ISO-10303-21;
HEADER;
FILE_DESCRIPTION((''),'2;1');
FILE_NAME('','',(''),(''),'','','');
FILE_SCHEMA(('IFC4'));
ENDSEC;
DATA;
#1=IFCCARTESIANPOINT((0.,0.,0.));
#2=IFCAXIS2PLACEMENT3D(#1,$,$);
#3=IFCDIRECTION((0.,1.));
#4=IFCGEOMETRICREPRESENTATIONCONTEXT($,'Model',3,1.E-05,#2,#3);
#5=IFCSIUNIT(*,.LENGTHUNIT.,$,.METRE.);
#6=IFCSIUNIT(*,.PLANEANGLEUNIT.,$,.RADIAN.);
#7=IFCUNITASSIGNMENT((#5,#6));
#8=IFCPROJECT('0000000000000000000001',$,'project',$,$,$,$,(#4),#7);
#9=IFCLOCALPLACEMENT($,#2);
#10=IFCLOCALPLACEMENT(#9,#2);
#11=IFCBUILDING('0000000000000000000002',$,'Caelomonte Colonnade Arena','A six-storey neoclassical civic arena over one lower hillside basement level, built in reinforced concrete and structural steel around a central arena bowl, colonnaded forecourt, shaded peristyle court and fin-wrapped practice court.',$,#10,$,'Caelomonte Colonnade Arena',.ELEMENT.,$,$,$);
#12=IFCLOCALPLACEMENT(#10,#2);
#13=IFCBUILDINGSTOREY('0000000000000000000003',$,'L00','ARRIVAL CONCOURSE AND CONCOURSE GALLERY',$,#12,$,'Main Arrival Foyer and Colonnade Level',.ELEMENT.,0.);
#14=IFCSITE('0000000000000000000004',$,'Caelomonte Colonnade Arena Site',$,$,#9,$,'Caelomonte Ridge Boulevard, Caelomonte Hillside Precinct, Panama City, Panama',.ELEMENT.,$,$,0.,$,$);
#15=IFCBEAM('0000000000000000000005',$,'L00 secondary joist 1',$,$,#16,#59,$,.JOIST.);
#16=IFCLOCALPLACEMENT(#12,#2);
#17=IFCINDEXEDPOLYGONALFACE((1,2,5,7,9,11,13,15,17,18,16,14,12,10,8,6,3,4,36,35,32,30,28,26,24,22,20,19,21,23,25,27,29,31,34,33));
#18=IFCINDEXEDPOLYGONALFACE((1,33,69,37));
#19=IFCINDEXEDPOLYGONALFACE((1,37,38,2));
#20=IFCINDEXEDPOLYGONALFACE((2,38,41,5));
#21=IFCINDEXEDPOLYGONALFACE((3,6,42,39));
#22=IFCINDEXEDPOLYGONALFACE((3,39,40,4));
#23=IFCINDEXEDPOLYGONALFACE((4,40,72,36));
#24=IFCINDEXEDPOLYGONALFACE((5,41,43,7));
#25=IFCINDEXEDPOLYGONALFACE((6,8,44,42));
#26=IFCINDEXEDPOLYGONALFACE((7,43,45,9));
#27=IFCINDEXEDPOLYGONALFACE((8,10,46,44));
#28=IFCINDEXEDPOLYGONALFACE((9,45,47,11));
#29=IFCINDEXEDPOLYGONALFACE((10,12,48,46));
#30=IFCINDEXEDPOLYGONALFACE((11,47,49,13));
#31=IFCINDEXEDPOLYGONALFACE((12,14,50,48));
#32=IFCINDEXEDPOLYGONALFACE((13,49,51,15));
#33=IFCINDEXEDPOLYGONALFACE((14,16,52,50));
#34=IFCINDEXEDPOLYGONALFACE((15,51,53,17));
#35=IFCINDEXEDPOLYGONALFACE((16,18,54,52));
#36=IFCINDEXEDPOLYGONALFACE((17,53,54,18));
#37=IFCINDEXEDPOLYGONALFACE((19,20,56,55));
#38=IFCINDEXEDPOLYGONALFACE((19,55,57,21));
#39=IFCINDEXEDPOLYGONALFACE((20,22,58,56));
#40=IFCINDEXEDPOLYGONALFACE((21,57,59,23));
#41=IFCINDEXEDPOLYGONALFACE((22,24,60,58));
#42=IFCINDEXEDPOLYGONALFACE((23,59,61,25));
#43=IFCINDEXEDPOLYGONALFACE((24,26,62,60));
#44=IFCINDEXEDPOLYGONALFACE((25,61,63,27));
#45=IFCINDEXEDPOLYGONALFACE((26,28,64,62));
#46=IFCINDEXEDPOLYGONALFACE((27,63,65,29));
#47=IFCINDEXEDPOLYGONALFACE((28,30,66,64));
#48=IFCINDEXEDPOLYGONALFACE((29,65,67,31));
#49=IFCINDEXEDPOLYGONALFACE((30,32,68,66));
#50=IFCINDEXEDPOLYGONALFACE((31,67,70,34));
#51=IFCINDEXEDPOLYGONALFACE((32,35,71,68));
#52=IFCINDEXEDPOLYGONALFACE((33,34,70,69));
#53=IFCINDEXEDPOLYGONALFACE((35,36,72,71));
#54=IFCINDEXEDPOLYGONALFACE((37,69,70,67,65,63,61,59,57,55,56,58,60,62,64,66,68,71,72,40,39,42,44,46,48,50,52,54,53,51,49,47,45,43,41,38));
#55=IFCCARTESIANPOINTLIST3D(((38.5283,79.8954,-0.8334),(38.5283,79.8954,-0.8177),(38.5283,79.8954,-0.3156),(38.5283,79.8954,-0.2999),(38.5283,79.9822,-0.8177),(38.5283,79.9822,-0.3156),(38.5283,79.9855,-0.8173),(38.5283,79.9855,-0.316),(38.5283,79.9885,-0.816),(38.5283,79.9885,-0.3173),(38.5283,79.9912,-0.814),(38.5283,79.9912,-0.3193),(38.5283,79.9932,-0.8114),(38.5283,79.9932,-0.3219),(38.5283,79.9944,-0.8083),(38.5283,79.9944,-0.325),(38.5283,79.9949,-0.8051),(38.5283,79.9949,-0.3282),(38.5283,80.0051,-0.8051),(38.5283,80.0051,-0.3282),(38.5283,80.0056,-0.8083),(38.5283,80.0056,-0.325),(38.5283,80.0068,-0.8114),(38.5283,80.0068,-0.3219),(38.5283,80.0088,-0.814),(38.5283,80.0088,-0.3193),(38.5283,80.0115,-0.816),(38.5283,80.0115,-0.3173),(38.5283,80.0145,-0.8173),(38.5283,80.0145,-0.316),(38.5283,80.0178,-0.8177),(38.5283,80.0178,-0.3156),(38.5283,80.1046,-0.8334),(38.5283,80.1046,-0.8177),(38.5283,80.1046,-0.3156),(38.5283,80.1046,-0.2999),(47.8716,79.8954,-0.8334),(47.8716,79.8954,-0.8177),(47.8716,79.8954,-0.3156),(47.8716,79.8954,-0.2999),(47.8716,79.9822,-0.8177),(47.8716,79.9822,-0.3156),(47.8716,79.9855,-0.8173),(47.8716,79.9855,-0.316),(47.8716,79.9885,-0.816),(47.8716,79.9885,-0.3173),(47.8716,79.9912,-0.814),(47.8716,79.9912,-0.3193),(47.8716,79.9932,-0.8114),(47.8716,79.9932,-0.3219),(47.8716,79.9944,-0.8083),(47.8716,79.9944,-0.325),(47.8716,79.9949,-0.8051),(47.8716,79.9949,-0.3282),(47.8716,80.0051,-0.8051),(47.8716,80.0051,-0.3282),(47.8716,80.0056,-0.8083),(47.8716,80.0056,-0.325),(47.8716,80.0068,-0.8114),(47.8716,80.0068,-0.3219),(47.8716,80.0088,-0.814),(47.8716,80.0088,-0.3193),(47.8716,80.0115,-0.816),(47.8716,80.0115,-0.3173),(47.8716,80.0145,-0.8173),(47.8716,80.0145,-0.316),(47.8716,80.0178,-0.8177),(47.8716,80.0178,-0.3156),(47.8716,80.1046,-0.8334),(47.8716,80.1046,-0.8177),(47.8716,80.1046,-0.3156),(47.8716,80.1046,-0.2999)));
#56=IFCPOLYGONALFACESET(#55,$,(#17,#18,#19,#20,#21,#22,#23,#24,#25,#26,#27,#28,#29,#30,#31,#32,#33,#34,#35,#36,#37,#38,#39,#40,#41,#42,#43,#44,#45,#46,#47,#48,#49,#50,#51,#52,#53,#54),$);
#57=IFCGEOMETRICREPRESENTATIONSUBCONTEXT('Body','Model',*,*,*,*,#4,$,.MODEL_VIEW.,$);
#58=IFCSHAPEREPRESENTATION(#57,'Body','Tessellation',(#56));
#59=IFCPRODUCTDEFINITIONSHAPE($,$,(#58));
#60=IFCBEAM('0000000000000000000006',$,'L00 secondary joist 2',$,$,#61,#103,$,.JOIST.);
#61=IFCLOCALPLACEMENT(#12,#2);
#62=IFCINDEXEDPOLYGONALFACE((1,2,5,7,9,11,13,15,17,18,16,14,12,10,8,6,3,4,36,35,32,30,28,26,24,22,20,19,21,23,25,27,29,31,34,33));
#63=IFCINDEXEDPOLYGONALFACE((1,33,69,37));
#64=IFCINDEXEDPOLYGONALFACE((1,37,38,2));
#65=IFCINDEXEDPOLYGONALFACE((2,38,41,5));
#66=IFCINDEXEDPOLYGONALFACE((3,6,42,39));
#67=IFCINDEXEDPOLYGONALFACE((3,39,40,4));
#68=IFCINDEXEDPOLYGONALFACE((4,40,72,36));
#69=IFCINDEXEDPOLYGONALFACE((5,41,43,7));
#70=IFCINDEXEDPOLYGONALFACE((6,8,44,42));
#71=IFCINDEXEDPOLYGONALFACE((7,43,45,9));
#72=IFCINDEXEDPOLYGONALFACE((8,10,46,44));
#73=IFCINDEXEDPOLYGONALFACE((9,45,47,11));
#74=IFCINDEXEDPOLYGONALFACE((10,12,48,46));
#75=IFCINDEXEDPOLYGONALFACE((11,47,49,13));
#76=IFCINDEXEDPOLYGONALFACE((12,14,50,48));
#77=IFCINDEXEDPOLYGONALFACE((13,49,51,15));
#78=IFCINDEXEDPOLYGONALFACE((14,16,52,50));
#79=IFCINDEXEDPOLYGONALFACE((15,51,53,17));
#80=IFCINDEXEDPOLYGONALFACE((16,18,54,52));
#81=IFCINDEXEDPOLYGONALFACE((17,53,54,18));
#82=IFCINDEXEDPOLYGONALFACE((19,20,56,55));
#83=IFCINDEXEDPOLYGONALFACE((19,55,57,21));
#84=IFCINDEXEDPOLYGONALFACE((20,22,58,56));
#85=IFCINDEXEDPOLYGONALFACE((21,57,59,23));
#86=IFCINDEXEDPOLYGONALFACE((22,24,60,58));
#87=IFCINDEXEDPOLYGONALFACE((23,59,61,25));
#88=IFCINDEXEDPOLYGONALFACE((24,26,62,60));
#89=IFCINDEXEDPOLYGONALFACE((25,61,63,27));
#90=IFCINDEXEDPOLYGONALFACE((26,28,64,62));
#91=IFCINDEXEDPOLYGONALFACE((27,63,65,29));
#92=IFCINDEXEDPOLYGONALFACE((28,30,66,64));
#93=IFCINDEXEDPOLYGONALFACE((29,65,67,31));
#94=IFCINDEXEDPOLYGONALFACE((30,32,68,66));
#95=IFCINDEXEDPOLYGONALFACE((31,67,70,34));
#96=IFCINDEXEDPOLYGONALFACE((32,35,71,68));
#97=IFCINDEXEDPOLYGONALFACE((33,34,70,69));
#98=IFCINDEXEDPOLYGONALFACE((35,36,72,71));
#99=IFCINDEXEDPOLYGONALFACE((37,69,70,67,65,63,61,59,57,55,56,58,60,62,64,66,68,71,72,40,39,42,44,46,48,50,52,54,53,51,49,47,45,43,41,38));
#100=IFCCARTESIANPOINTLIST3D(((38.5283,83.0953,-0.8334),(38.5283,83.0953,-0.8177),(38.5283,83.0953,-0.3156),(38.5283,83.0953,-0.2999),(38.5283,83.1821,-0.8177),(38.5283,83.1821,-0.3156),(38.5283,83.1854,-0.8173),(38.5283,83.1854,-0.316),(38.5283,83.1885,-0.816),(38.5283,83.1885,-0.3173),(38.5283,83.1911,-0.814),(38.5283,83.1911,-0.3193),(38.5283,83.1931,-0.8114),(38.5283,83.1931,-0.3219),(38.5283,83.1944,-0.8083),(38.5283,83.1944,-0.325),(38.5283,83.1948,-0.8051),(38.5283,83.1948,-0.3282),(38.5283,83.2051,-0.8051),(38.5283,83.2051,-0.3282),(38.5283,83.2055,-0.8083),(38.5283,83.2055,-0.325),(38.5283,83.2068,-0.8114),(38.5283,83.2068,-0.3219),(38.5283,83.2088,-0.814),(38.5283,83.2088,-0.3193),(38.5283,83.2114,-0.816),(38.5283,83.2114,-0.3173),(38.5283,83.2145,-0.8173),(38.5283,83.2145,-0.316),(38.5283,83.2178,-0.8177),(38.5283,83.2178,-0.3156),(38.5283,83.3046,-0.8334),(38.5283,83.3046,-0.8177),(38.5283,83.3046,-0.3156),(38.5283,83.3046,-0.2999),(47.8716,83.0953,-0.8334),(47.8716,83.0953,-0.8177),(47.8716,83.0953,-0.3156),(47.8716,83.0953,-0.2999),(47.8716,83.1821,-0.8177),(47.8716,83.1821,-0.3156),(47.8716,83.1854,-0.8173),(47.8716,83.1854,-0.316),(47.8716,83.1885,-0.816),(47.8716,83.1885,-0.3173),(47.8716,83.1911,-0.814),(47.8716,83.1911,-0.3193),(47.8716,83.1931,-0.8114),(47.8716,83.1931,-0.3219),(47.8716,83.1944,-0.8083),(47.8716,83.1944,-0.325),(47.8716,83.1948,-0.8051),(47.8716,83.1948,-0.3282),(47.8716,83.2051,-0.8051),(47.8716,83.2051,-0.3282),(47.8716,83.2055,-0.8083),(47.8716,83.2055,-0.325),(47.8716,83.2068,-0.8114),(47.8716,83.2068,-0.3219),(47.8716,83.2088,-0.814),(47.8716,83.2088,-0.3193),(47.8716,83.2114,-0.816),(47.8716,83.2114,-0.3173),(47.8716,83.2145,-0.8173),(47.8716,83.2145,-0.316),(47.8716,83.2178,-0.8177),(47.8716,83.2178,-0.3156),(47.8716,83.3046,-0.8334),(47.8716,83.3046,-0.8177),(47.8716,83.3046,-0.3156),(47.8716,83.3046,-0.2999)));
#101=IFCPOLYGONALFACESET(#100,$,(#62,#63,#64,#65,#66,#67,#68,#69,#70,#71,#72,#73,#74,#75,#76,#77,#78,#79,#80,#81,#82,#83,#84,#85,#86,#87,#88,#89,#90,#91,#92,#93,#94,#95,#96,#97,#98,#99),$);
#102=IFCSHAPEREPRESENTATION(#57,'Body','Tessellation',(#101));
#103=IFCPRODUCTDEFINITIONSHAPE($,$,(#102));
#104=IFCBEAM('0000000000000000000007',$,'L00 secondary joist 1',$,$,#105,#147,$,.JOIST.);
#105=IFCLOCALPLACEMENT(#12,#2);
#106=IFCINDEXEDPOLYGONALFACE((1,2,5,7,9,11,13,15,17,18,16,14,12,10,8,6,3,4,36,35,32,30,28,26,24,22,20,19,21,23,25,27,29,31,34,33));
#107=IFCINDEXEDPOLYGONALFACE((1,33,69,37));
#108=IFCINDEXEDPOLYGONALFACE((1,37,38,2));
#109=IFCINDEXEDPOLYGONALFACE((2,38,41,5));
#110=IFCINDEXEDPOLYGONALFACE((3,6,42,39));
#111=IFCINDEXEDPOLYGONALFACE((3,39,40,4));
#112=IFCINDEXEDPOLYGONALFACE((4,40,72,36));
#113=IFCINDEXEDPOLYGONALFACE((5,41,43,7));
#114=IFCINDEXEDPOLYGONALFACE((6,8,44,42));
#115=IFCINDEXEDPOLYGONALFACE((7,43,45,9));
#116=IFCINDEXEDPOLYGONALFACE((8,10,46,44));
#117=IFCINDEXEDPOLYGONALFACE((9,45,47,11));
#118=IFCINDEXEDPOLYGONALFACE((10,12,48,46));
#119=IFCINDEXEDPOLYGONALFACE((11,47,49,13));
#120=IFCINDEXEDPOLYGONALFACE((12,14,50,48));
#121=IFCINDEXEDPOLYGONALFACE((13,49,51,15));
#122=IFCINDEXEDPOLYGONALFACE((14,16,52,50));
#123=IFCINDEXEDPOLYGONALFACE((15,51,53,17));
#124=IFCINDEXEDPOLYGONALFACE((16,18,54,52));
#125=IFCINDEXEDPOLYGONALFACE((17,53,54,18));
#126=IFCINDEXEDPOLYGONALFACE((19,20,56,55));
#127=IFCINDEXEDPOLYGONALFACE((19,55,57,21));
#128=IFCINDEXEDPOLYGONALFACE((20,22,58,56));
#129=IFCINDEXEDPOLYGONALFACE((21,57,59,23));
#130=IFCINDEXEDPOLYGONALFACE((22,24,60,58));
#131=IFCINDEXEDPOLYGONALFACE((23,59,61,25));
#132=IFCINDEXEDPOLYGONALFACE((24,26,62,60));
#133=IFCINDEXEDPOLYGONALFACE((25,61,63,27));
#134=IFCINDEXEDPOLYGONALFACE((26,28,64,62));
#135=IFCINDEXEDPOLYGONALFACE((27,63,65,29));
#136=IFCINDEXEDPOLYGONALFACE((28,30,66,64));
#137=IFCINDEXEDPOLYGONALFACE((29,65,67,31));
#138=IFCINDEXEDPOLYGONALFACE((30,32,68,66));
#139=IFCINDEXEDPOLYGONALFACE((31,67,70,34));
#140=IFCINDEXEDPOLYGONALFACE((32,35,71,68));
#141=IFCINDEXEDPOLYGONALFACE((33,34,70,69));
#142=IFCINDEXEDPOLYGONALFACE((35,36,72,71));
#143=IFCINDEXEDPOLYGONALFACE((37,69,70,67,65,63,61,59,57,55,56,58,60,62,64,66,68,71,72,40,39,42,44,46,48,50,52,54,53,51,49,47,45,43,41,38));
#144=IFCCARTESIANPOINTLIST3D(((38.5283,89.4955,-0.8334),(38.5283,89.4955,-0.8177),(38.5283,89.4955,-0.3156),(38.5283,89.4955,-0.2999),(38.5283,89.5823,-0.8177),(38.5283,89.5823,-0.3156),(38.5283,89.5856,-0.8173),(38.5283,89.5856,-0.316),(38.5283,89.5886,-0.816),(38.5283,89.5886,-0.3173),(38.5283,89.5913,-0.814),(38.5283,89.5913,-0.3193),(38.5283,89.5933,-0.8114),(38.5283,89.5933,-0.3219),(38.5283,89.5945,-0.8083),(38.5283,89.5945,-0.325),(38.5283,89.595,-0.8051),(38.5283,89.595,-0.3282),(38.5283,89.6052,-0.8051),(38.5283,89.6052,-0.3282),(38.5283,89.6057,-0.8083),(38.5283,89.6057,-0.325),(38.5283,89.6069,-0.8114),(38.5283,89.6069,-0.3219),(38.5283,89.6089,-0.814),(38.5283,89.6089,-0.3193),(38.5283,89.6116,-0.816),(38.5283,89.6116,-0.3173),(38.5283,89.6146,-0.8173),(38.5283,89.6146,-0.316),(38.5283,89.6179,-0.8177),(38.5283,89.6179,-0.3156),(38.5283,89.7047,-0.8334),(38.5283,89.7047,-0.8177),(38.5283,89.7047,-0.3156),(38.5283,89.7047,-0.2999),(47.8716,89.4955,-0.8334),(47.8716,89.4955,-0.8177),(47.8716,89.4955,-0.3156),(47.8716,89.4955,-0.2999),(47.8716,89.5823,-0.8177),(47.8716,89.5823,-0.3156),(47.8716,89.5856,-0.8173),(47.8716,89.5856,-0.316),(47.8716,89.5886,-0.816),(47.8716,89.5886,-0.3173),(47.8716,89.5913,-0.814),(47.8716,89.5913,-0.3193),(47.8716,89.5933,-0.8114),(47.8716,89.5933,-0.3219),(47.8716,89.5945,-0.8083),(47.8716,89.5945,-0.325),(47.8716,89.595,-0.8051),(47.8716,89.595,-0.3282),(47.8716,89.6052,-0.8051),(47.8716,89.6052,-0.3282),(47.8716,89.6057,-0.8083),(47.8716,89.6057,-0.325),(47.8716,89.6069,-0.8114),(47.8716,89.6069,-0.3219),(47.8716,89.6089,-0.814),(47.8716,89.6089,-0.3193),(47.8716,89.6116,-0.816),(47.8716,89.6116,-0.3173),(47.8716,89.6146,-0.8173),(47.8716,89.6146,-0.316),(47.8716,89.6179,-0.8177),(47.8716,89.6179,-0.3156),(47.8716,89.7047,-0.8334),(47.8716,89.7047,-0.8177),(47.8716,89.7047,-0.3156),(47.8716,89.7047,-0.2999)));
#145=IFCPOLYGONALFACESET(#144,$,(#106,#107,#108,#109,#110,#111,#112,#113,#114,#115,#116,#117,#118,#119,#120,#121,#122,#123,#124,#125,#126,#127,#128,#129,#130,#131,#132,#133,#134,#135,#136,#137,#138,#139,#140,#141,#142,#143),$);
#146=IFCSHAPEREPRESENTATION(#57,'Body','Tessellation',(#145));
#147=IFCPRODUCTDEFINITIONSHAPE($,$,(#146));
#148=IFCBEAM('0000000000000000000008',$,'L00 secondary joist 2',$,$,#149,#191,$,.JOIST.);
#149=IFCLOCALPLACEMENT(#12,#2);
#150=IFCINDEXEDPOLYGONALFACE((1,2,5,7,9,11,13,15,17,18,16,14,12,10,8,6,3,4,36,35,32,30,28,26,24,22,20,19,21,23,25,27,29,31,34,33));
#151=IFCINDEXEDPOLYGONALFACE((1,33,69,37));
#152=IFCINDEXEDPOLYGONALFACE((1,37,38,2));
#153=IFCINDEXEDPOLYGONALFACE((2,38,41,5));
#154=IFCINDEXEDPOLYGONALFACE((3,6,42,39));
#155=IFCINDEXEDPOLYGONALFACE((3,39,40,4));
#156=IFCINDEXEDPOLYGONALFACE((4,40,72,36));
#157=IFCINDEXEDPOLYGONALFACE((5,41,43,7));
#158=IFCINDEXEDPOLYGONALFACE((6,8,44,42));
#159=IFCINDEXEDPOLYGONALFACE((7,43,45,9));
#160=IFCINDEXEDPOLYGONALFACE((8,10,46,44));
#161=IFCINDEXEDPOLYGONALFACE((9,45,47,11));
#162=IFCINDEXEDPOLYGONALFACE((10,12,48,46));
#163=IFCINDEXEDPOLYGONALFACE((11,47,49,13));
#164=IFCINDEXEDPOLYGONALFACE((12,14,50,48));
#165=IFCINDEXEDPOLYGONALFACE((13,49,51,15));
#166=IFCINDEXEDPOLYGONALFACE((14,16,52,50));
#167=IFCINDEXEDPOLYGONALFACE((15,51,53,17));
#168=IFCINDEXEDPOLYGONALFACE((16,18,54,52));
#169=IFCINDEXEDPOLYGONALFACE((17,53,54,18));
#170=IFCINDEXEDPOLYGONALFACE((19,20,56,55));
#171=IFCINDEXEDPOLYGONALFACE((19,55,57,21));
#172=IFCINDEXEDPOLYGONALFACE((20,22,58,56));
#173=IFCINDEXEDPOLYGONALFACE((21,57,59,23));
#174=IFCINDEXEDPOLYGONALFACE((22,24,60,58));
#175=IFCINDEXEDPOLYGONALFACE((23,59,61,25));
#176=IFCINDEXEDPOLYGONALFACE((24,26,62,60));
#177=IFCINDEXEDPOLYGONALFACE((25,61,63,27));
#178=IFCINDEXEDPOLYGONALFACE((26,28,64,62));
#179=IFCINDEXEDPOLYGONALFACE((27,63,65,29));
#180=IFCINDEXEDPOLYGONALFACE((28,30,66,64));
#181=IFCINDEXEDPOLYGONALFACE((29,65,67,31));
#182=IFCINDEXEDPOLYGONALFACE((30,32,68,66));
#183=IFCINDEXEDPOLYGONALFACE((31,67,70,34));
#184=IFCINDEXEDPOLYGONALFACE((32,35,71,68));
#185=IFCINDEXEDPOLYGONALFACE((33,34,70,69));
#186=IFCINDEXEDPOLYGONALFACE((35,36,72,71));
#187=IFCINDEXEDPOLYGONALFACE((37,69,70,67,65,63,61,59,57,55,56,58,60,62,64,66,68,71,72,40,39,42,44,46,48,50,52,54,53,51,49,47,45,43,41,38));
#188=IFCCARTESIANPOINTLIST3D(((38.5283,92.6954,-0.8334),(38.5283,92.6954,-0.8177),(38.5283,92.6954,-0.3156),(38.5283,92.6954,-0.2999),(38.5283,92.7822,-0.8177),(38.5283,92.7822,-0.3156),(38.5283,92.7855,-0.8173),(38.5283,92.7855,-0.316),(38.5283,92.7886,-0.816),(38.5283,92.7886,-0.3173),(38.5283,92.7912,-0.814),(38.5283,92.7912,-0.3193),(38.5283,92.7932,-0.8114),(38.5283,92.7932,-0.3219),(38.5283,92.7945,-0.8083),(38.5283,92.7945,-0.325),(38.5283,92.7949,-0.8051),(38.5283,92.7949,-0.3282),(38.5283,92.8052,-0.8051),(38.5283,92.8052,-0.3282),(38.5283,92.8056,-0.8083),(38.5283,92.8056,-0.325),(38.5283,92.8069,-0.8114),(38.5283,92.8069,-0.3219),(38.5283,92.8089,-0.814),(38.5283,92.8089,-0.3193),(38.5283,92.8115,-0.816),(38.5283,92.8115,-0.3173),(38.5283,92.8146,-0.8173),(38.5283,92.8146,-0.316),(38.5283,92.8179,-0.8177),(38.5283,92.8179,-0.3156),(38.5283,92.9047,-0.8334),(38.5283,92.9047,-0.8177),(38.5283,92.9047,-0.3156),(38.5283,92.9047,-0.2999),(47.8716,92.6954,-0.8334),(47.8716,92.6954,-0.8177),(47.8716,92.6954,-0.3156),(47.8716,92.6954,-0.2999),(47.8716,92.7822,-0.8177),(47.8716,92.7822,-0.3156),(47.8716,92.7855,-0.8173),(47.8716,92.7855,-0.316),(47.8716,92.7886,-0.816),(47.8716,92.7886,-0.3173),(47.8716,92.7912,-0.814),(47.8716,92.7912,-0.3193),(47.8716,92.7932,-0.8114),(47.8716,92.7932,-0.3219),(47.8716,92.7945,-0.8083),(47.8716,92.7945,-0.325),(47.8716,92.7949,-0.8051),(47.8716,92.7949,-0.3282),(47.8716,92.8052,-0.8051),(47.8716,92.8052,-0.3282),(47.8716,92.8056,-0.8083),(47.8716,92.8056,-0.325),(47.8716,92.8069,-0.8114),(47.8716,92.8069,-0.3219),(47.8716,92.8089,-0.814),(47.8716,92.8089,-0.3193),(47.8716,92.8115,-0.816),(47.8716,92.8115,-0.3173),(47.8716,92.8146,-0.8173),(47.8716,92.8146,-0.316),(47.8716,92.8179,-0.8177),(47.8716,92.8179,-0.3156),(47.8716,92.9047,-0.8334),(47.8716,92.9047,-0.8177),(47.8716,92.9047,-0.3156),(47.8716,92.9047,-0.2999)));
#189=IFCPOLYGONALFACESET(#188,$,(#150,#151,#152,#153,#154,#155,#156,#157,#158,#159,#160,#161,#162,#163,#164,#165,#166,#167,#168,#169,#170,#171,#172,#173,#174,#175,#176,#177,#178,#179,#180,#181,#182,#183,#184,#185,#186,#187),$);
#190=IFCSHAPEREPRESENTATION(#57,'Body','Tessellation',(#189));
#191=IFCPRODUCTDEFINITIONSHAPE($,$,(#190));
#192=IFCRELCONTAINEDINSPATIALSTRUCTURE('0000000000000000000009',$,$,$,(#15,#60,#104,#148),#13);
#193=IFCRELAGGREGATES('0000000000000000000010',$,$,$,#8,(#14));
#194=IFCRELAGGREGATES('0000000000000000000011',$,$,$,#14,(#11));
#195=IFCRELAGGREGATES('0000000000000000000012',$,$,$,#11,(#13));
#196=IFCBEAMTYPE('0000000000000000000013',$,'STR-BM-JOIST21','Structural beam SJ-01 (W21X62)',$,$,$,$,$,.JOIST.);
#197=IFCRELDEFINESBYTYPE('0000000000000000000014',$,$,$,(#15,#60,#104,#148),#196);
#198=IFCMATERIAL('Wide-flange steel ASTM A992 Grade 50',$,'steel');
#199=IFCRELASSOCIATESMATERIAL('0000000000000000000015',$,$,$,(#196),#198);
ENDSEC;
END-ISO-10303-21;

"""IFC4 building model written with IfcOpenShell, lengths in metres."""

from ifc_helpers import new_model, si_unit, direction, frame, origin, origin_2d, place, context, subcontext, project, spatial, i_section, extrude, material, material_profile, profile_set, type_object, element, save


model = new_model("IFC4")

# Units and contexts
model_context = context("Model", 3, precision=1e-05, world=origin(), true_north=direction((0.0, 1.0)))
body_context = subcontext(model_context, "Body", "Model", "MODEL_VIEW")
ifc_project = project(units=[si_unit("LENGTHUNIT", "METRE"), si_unit("PLANEANGLEUNIT", "RADIAN")], contexts=[model_context])

# Site, building, storey
site_placement = place(None, origin())
site = spatial("IfcSite", under=ifc_project, at=site_placement, Name="Caelomonte Colonnade Arena Site", LongName="Caelomonte Ridge Boulevard, Caelomonte Hillside Precinct, Panama City, Panama", CompositionType="ELEMENT", RefElevation=0.0)
building_placement = place(site_placement, origin())
building = spatial("IfcBuilding", under=site, at=building_placement, Name="Caelomonte Colonnade Arena", Description="A six-storey neoclassical civic arena over one lower hillside basement level, built in reinforced concrete and structural steel around a central arena bowl, colonnaded forecourt, shaded peristyle court and fin-wrapped practice court.", LongName="Caelomonte Colonnade Arena", CompositionType="ELEMENT")
storey_placement = place(building_placement, origin())
storey = spatial("IfcBuildingStorey", under=building, at=storey_placement, Name="L00", Description="ARRIVAL CONCOURSE AND CONCOURSE GALLERY", LongName="Main Arrival Foyer and Colonnade Level", CompositionType="ELEMENT", Elevation=0.0)

# Shared definitions
ifc_material_1 = material(Name="Wide-flange steel ASTM A992 Grade 50", Category="steel")

# Beams
ifc_material_profile_1 = material_profile(ifc_material_1, i_section(OverallWidth=0.2092, OverallDepth=0.5334, WebThickness=0.0103, FlangeThickness=0.0156, FilletRadius=0.0127, at=origin_2d()), Name="W21X62")
ifc_profile_set_1 = profile_set([ifc_material_profile_1], Name="Wide-flange steel ASTM A992 Grade 50")
beam_type_1 = type_object("IfcBeamType", Name="STR-BM-JOIST21", Description="Structural beam SJ-01 (W21X62)", PredefinedType="JOIST", material=ifc_profile_set_1)
for number, where, z_axis, x_axis, name in (
    (1, (38.5283, 80.0, -0.5667), (1.0, 0.0, 0.0), (0.0, 1.0, 0.0), "L00 secondary joist 1"),
    (2, (38.5283, 83.2, -0.5667), (1.0, 0.0, 0.0), (0.0, 1.0, 0.0), "L00 secondary joist 2"),
    (3, (38.5283, 89.6001, -0.5667), (1.0, 0.0, 0.0), (0.0, 1.0, 0.0), "L00 secondary joist 1"),
    (4, (38.5283, 92.8, -0.5667), (1.0, 0.0, 0.0), (0.0, 1.0, 0.0), "L00 secondary joist 2"),
):
    element("IfcBeam", number, at=place(storey_placement, frame(where, z_axis=z_axis, x_axis=x_axis)), inside=storey, type_object=beam_type_1, Name=name, PredefinedType="JOIST", context=body_context, shape_type="SweptSolid", body=[
        extrude(i_section(OverallWidth=0.2092, OverallDepth=0.5334, WebThickness=0.0103, FlangeThickness=0.0156, FilletRadius=0.0127, at=origin_2d()), origin(), (0.0, 0.0, 1.0), 9.3433),
    ])

save(model, "model.ifc")
